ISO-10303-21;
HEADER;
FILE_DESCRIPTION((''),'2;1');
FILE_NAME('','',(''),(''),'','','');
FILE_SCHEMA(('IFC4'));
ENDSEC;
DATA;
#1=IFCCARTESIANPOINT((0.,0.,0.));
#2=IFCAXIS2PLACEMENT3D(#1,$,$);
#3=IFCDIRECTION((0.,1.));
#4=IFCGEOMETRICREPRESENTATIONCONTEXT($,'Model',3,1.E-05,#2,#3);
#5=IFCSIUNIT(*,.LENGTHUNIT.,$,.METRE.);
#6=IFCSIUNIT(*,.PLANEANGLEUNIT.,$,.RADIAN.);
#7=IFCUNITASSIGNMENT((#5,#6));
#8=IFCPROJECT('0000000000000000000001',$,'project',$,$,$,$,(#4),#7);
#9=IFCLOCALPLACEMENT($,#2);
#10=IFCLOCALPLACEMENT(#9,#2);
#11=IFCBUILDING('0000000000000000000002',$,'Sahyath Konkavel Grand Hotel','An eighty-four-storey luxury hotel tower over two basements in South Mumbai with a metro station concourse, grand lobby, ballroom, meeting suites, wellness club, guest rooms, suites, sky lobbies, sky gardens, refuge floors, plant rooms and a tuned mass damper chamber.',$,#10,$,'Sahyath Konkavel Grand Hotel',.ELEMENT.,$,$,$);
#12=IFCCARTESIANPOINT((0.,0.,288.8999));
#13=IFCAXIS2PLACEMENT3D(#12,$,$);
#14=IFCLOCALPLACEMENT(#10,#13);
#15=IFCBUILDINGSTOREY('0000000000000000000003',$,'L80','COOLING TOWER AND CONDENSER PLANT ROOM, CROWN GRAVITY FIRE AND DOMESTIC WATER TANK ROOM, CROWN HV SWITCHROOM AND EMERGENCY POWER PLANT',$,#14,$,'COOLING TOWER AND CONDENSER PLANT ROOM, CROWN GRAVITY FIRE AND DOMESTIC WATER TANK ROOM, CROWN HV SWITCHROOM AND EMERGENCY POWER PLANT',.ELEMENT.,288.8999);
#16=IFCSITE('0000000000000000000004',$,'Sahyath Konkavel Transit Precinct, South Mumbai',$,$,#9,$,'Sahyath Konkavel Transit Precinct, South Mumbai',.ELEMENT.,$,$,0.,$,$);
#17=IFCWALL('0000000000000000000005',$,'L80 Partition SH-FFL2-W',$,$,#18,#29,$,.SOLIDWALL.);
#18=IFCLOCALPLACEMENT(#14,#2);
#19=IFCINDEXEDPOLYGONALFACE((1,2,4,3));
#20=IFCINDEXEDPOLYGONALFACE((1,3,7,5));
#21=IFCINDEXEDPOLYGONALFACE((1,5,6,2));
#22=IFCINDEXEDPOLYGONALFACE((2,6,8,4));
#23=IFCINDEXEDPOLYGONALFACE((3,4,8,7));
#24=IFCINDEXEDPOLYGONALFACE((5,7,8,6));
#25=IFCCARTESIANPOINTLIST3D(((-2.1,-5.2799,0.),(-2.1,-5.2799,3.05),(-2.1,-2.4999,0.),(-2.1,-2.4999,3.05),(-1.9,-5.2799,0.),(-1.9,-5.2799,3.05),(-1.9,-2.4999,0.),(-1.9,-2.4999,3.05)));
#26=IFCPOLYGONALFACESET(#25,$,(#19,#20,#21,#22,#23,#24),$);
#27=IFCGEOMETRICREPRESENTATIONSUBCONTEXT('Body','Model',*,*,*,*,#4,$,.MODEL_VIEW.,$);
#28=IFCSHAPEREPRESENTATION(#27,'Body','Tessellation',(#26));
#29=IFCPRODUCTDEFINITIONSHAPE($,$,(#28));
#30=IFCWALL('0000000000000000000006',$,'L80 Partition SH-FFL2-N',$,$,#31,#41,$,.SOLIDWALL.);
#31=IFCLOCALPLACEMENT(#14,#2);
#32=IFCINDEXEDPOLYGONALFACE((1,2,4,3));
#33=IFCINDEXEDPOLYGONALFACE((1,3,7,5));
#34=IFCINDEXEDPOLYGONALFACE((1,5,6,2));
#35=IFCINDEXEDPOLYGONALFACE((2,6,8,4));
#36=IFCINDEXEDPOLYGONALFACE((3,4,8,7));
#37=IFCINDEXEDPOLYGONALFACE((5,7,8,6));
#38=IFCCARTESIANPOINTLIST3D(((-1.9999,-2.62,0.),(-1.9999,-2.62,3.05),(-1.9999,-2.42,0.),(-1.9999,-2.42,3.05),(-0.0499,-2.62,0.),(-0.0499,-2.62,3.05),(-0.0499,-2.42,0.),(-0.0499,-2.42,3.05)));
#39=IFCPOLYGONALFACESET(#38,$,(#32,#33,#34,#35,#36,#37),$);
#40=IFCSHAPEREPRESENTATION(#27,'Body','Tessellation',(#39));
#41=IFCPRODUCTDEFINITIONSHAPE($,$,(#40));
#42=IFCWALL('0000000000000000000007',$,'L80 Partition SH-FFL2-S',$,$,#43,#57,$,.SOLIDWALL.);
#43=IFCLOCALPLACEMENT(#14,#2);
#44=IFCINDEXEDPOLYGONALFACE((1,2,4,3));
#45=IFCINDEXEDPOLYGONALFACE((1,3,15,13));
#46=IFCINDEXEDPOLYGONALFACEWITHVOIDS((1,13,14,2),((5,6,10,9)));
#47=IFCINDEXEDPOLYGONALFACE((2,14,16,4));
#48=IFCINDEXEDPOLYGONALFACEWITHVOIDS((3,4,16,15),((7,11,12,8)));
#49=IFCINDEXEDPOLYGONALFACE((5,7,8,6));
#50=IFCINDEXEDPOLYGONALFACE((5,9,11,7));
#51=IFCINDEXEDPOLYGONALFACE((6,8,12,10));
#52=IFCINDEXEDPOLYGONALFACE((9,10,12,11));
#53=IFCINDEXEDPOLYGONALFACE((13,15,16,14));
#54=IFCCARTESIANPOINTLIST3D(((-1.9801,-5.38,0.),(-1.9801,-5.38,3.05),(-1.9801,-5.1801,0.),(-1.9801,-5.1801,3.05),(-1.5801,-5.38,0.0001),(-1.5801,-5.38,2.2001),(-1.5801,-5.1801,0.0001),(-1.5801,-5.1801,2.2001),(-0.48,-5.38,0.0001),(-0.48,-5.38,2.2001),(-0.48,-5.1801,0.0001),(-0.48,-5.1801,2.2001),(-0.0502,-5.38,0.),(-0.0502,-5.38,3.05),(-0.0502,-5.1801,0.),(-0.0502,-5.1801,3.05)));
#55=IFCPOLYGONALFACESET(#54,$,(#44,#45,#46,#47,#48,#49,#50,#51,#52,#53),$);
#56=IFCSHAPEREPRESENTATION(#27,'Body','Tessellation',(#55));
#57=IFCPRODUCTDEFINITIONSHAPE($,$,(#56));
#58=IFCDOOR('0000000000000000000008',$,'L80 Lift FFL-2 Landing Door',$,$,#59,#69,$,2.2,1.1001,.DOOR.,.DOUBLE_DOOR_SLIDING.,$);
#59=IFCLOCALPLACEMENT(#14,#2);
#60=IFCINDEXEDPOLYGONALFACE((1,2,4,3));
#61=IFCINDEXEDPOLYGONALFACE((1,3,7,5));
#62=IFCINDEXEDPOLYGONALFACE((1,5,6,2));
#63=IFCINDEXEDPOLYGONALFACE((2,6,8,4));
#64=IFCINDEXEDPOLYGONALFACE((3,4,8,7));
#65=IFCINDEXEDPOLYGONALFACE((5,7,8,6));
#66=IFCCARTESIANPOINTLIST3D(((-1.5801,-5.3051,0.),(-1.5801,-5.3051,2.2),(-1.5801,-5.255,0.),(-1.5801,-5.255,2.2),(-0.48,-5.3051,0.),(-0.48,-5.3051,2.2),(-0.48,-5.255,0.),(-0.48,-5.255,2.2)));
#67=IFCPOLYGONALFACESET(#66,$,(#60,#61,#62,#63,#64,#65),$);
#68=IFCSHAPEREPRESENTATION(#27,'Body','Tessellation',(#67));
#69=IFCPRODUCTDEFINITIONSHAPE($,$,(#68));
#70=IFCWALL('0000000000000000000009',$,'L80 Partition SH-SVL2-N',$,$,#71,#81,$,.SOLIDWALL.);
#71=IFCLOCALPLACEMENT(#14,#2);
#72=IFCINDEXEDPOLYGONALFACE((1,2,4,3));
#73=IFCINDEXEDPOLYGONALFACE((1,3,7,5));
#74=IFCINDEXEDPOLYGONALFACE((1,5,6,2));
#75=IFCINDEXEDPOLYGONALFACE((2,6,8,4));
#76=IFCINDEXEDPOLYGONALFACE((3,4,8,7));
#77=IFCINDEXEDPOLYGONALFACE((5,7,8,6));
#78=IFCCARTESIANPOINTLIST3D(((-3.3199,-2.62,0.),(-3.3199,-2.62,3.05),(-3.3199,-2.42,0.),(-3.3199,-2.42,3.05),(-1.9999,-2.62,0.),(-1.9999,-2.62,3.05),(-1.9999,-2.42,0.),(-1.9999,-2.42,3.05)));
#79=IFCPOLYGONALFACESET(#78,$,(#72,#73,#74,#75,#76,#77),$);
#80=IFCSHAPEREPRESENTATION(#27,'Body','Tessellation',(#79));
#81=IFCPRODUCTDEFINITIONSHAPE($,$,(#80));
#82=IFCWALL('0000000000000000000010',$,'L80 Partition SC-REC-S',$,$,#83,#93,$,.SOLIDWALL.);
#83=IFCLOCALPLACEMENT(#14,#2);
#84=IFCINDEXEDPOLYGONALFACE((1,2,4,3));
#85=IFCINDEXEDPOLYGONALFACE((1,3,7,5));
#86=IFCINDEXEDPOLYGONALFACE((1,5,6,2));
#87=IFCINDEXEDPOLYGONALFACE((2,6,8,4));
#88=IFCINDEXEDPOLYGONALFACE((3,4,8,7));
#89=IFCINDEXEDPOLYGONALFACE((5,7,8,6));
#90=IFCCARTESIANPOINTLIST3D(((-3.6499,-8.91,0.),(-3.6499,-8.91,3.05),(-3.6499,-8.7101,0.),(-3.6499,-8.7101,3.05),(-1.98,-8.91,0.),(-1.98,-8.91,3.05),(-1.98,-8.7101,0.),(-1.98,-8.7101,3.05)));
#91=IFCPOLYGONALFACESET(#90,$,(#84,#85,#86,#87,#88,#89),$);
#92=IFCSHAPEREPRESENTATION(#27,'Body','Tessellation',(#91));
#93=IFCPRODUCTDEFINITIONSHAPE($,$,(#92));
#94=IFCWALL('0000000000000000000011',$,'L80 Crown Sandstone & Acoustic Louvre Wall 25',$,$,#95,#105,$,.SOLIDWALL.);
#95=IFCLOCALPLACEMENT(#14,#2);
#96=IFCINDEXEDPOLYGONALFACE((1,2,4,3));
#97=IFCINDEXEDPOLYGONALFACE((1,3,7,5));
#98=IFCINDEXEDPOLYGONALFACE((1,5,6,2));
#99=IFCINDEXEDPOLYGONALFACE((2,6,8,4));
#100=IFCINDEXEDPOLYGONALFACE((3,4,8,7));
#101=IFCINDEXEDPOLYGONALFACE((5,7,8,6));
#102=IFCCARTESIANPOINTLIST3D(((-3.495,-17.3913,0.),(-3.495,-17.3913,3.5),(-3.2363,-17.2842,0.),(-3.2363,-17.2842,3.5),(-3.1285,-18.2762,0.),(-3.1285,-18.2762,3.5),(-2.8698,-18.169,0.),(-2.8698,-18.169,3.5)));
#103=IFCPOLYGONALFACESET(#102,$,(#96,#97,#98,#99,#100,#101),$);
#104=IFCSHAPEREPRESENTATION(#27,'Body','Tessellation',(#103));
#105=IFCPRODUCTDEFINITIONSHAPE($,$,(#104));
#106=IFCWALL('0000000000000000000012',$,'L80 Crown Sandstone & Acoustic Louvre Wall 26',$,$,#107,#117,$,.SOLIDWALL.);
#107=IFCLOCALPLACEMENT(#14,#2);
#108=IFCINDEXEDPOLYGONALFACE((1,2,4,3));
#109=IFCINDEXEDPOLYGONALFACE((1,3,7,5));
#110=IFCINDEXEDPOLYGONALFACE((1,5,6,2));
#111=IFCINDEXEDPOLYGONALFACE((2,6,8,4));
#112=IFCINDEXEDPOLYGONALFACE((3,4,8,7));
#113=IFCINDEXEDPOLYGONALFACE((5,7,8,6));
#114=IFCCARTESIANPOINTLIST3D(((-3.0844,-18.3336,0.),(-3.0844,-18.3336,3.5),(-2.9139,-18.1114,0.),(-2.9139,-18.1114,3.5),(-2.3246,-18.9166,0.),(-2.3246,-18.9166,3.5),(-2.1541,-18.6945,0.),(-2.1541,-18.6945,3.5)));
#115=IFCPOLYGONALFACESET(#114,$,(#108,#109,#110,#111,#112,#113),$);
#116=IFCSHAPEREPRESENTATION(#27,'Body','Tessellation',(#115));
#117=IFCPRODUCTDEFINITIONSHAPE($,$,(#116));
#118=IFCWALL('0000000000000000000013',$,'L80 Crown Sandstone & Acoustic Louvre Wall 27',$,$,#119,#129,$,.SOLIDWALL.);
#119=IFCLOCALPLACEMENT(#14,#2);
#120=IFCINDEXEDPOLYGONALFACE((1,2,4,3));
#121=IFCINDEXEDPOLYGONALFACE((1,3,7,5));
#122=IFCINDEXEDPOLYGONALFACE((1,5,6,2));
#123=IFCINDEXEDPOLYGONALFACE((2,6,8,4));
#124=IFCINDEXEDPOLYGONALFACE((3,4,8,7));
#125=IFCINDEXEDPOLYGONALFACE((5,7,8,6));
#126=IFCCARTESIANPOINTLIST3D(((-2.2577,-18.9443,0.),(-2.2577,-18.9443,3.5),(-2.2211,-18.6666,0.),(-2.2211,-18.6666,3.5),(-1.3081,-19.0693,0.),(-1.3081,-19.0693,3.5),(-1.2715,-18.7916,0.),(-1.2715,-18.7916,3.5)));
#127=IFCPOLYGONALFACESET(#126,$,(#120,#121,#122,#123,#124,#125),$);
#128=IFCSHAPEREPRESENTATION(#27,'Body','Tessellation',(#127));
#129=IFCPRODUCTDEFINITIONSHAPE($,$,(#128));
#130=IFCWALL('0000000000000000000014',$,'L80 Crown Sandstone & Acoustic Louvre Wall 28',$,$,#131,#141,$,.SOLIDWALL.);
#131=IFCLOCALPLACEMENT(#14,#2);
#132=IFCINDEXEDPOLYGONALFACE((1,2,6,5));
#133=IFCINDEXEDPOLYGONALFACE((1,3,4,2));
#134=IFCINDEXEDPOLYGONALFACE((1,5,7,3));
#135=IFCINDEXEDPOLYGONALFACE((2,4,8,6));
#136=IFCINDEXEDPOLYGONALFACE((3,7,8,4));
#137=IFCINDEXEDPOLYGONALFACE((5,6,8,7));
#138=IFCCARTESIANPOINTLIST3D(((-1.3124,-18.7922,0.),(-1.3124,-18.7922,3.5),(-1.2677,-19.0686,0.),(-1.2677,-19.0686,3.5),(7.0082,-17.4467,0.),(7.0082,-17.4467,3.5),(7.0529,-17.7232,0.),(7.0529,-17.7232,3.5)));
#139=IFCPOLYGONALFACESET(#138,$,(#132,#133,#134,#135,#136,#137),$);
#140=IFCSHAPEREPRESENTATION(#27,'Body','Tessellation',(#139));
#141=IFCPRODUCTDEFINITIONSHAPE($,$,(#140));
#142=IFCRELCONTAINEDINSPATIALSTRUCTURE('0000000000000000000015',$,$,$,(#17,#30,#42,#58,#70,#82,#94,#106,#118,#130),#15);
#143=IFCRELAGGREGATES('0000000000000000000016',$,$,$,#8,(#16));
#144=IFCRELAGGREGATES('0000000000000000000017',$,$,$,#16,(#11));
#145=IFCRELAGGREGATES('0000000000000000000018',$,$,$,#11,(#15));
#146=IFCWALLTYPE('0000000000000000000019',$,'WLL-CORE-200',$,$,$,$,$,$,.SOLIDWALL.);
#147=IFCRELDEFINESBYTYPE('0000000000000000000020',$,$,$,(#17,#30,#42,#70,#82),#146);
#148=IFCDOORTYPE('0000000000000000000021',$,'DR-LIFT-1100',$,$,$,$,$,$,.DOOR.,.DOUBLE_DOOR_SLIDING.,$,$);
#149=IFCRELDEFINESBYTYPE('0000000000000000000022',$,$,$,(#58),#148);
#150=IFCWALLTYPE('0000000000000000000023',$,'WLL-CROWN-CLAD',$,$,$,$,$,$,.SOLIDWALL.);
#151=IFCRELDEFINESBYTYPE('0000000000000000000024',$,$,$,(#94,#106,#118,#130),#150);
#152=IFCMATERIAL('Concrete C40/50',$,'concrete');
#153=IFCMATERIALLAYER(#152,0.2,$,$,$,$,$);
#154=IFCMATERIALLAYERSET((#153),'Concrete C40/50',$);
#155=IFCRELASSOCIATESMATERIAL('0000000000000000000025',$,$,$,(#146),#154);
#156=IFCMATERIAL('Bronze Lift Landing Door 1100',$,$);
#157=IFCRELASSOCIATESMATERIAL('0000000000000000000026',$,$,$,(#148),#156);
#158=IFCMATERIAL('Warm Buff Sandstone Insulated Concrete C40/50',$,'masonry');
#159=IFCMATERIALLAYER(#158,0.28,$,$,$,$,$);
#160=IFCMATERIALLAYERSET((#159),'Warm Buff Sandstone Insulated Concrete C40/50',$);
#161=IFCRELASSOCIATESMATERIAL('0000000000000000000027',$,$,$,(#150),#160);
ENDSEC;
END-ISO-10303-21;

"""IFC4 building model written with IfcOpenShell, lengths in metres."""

from ifc_helpers import new_model, si_unit, direction, frame, frame_2d, origin, origin_2d, place, context, subcontext, project, spatial, rectangle, extrude, source, transform, mapped, material, layer, layer_set, type_object, element, fill, save


model = new_model("IFC4")

# Units and contexts
model_context = context("Model", 3, precision=1e-05, world=origin(), true_north=direction((0.0, 1.0)))
body_context = subcontext(model_context, "Body", "Model", "MODEL_VIEW")
ifc_project = project(units=[si_unit("LENGTHUNIT", "METRE"), si_unit("PLANEANGLEUNIT", "RADIAN")], contexts=[model_context])

# Site, building, storey
site_placement = place(None, origin())
site = spatial("IfcSite", under=ifc_project, at=site_placement, Name="Sahyath Konkavel Transit Precinct, South Mumbai", LongName="Sahyath Konkavel Transit Precinct, South Mumbai", CompositionType="ELEMENT", RefElevation=0.0)
building_placement = place(site_placement, origin())
building = spatial("IfcBuilding", under=site, at=building_placement, Name="Sahyath Konkavel Grand Hotel", Description="An eighty-four-storey luxury hotel tower over two basements in South Mumbai with a metro station concourse, grand lobby, ballroom, meeting suites, wellness club, guest rooms, suites, sky lobbies, sky gardens, refuge floors, plant rooms and a tuned mass damper chamber.", LongName="Sahyath Konkavel Grand Hotel", CompositionType="ELEMENT")
storey_placement = place(building_placement, frame((0.0, 0.0, 288.8999)))
storey = spatial("IfcBuildingStorey", under=building, at=storey_placement, Name="L80", Description="COOLING TOWER AND CONDENSER PLANT ROOM, CROWN GRAVITY FIRE AND DOMESTIC WATER TANK ROOM, CROWN HV SWITCHROOM AND EMERGENCY POWER PLANT", LongName="COOLING TOWER AND CONDENSER PLANT ROOM, CROWN GRAVITY FIRE AND DOMESTIC WATER TANK ROOM, CROWN HV SWITCHROOM AND EMERGENCY POWER PLANT", CompositionType="ELEMENT", Elevation=288.8999)

# Shared definitions
ifc_material_1 = material(Name="Concrete C40/50", Category="concrete")

# Shared definitions
ifc_layer_1 = layer(ifc_material_1, 0.2)
ifc_layer_set_1 = layer_set([ifc_layer_1], Name="Concrete C40/50")
wall_type_1 = type_object("IfcWallType", Name="WLL-CORE-200", PredefinedType="SOLIDWALL", material=ifc_layer_set_1)

# Walls
wall_1_placement = place(storey_placement, frame((-2.0, -5.28, 0.0), z_axis=(0.0, 0.0, 1.0), x_axis=(0.0, 1.0, 0.0)))
element("IfcWall", 1, at=wall_1_placement, inside=storey, type_object=wall_type_1, Name="L80 Partition SH-FFL2-W", PredefinedType="SOLIDWALL", context=body_context, shape_type="SweptSolid", body=[
    extrude(rectangle(XDim=2.78, YDim=0.2, at=frame_2d((1.3901, 0.0))), origin(), (0.0, 0.0, 1.0), 3.05),
])
wall_2_placement = place(storey_placement, frame((-2.0, -2.52, 0.0), z_axis=(0.0, 0.0, 1.0), x_axis=(1.0, 0.0, 0.0)))
element("IfcWall", 2, at=wall_2_placement, inside=storey, type_object=wall_type_1, Name="L80 Partition SH-FFL2-N", PredefinedType="SOLIDWALL", context=body_context, shape_type="SweptSolid", body=[
    extrude(rectangle(XDim=1.95, YDim=0.2, at=frame_2d((0.9751, 0.0))), origin(), (0.0, 0.0, 1.0), 3.05),
])

# Wall, opening, door
wall_3_placement = place(storey_placement, frame((-1.98, -5.28, 0.0), z_axis=(0.0, 0.0, 1.0), x_axis=(1.0, 0.0, 0.0)))
wall_3 = element("IfcWall", 3, at=wall_3_placement, inside=storey, type_object=wall_type_1, Name="L80 Partition SH-FFL2-S", PredefinedType="SOLIDWALL", context=body_context, shape_type="SweptSolid", body=[
    extrude(rectangle(XDim=1.9299, YDim=0.2, at=frame_2d((0.9648, 0.0))), origin(), (0.0, 0.0, 1.0), 3.05),
])
opening_1_placement = place(wall_3_placement, frame((0.3999, 0.0, 0.0)))
opening_1 = element("IfcOpeningElement", 4, at=opening_1_placement, cuts=wall_3, PredefinedType="OPENING", context=body_context, shape_type="SweptSolid", body=[
    extrude(rectangle(XDim=1.1001, YDim=2.2, at=frame_2d((0.55, 1.1001))), frame((0.0, 0.1099, 0.0), z_axis=(0.0, -1.0, 0.0), x_axis=(1.0, 0.0, 0.0)), (0.0, 0.0, 1.0), 0.22),
])
ifc_material_2 = material(Name="Bronze Lift Landing Door 1100")
door_type_1 = type_object("IfcDoorType", Name="DR-LIFT-1100", OperationType="DOUBLE_DOOR_SLIDING", PredefinedType="DOOR", material=ifc_material_2)
shared_shape_1 = source(origin(), body_context, "Body", "SweptSolid", [
    extrude(rectangle(XDim=1.1001, YDim=0.05, at=origin_2d()), origin(), (0.0, 0.0, 1.0), 2.2),
])
door_1_placement = place(opening_1_placement, frame((0.55, 0.0, 0.0)))
door_1 = element("IfcDoor", 5, at=door_1_placement, inside=storey, type_object=door_type_1, Name="L80 Lift FFL-2 Landing Door", OperationType="DOUBLE_DOOR_SLIDING", OverallHeight=2.2, OverallWidth=1.1001, PredefinedType="DOOR", context=body_context, shape_type="MappedRepresentation", body=[
    mapped(shared_shape_1, transform((0.0, 0.0, 0.0), scale=1.0)),
])
fill(opening_1, door_1)

# Walls
wall_4_placement = place(storey_placement, frame((-3.3201, -2.52, 0.0), z_axis=(0.0, 0.0, 1.0), x_axis=(1.0, 0.0, 0.0)))
element("IfcWall", 6, at=wall_4_placement, inside=storey, type_object=wall_type_1, Name="L80 Partition SH-SVL2-N", PredefinedType="SOLIDWALL", context=body_context, shape_type="SweptSolid", body=[
    extrude(rectangle(XDim=1.3201, YDim=0.2, at=frame_2d((0.6602, 0.0))), origin(), (0.0, 0.0, 1.0), 3.05),
])
wall_5_placement = place(storey_placement, frame((-3.6499, -8.8101, 0.0), z_axis=(0.0, 0.0, 1.0), x_axis=(1.0, 0.0, 0.0)))
element("IfcWall", 7, at=wall_5_placement, inside=storey, type_object=wall_type_1, Name="L80 Partition SC-REC-S", PredefinedType="SOLIDWALL", context=body_context, shape_type="SweptSolid", body=[
    extrude(rectangle(XDim=1.6699, YDim=0.2, at=frame_2d((0.835, 0.0))), origin(), (0.0, 0.0, 1.0), 3.05),
])
ifc_material_3 = material(Name="Warm Buff Sandstone Insulated Concrete C40/50", Category="masonry")
ifc_layer_2 = layer(ifc_material_3, 0.28)
ifc_layer_set_2 = layer_set([ifc_layer_2], Name="Warm Buff Sandstone Insulated Concrete C40/50")
wall_type_2 = type_object("IfcWallType", Name="WLL-CROWN-CLAD", PredefinedType="SOLIDWALL", material=ifc_layer_set_2)
for number, where, z_axis, x_axis, name in (
    (8, (-3.3657, -17.3376, 0.0), (0.0, 0.0, 1.0), (0.38266, -0.923889, 0.0), "L80 Crown Sandstone & Acoustic Louvre Wall 25"),
    (9, (-2.9993, -18.2224, 0.0), (0.0, 0.0, 1.0), (0.793344, -0.608774, 0.0), "L80 Crown Sandstone & Acoustic Louvre Wall 26"),
    (10, (-2.2395, -18.8054, 0.0), (0.0, 0.0, 1.0), (0.991445, -0.130527, 0.0), "L80 Crown Sandstone & Acoustic Louvre Wall 27"),
):
    element("IfcWall", number, at=place(storey_placement, frame(where, z_axis=z_axis, x_axis=x_axis)), inside=storey, type_object=wall_type_2, Name=name, PredefinedType="SOLIDWALL", context=body_context, shape_type="SweptSolid", body=[
        extrude(rectangle(XDim=0.9578, YDim=0.28, at=frame_2d((0.479, 0.0))), origin(), (0.0, 0.0, 1.0), 3.5),
    ])
wall_6_placement = place(storey_placement, frame((-1.29, -18.9304, 0.0), z_axis=(0.0, 0.0, 1.0), x_axis=(0.987177, 0.159629, 0.0)))
element("IfcWall", 11, at=wall_6_placement, inside=storey, type_object=wall_type_2, Name="L80 Crown Sandstone & Acoustic Louvre Wall 28", PredefinedType="SOLIDWALL", context=body_context, shape_type="SweptSolid", body=[
    extrude(rectangle(XDim=8.4287, YDim=0.28, at=frame_2d((4.2144, 0.0))), origin(), (0.0, 0.0, 1.0), 3.5),
])

save(model, "model.ifc")
